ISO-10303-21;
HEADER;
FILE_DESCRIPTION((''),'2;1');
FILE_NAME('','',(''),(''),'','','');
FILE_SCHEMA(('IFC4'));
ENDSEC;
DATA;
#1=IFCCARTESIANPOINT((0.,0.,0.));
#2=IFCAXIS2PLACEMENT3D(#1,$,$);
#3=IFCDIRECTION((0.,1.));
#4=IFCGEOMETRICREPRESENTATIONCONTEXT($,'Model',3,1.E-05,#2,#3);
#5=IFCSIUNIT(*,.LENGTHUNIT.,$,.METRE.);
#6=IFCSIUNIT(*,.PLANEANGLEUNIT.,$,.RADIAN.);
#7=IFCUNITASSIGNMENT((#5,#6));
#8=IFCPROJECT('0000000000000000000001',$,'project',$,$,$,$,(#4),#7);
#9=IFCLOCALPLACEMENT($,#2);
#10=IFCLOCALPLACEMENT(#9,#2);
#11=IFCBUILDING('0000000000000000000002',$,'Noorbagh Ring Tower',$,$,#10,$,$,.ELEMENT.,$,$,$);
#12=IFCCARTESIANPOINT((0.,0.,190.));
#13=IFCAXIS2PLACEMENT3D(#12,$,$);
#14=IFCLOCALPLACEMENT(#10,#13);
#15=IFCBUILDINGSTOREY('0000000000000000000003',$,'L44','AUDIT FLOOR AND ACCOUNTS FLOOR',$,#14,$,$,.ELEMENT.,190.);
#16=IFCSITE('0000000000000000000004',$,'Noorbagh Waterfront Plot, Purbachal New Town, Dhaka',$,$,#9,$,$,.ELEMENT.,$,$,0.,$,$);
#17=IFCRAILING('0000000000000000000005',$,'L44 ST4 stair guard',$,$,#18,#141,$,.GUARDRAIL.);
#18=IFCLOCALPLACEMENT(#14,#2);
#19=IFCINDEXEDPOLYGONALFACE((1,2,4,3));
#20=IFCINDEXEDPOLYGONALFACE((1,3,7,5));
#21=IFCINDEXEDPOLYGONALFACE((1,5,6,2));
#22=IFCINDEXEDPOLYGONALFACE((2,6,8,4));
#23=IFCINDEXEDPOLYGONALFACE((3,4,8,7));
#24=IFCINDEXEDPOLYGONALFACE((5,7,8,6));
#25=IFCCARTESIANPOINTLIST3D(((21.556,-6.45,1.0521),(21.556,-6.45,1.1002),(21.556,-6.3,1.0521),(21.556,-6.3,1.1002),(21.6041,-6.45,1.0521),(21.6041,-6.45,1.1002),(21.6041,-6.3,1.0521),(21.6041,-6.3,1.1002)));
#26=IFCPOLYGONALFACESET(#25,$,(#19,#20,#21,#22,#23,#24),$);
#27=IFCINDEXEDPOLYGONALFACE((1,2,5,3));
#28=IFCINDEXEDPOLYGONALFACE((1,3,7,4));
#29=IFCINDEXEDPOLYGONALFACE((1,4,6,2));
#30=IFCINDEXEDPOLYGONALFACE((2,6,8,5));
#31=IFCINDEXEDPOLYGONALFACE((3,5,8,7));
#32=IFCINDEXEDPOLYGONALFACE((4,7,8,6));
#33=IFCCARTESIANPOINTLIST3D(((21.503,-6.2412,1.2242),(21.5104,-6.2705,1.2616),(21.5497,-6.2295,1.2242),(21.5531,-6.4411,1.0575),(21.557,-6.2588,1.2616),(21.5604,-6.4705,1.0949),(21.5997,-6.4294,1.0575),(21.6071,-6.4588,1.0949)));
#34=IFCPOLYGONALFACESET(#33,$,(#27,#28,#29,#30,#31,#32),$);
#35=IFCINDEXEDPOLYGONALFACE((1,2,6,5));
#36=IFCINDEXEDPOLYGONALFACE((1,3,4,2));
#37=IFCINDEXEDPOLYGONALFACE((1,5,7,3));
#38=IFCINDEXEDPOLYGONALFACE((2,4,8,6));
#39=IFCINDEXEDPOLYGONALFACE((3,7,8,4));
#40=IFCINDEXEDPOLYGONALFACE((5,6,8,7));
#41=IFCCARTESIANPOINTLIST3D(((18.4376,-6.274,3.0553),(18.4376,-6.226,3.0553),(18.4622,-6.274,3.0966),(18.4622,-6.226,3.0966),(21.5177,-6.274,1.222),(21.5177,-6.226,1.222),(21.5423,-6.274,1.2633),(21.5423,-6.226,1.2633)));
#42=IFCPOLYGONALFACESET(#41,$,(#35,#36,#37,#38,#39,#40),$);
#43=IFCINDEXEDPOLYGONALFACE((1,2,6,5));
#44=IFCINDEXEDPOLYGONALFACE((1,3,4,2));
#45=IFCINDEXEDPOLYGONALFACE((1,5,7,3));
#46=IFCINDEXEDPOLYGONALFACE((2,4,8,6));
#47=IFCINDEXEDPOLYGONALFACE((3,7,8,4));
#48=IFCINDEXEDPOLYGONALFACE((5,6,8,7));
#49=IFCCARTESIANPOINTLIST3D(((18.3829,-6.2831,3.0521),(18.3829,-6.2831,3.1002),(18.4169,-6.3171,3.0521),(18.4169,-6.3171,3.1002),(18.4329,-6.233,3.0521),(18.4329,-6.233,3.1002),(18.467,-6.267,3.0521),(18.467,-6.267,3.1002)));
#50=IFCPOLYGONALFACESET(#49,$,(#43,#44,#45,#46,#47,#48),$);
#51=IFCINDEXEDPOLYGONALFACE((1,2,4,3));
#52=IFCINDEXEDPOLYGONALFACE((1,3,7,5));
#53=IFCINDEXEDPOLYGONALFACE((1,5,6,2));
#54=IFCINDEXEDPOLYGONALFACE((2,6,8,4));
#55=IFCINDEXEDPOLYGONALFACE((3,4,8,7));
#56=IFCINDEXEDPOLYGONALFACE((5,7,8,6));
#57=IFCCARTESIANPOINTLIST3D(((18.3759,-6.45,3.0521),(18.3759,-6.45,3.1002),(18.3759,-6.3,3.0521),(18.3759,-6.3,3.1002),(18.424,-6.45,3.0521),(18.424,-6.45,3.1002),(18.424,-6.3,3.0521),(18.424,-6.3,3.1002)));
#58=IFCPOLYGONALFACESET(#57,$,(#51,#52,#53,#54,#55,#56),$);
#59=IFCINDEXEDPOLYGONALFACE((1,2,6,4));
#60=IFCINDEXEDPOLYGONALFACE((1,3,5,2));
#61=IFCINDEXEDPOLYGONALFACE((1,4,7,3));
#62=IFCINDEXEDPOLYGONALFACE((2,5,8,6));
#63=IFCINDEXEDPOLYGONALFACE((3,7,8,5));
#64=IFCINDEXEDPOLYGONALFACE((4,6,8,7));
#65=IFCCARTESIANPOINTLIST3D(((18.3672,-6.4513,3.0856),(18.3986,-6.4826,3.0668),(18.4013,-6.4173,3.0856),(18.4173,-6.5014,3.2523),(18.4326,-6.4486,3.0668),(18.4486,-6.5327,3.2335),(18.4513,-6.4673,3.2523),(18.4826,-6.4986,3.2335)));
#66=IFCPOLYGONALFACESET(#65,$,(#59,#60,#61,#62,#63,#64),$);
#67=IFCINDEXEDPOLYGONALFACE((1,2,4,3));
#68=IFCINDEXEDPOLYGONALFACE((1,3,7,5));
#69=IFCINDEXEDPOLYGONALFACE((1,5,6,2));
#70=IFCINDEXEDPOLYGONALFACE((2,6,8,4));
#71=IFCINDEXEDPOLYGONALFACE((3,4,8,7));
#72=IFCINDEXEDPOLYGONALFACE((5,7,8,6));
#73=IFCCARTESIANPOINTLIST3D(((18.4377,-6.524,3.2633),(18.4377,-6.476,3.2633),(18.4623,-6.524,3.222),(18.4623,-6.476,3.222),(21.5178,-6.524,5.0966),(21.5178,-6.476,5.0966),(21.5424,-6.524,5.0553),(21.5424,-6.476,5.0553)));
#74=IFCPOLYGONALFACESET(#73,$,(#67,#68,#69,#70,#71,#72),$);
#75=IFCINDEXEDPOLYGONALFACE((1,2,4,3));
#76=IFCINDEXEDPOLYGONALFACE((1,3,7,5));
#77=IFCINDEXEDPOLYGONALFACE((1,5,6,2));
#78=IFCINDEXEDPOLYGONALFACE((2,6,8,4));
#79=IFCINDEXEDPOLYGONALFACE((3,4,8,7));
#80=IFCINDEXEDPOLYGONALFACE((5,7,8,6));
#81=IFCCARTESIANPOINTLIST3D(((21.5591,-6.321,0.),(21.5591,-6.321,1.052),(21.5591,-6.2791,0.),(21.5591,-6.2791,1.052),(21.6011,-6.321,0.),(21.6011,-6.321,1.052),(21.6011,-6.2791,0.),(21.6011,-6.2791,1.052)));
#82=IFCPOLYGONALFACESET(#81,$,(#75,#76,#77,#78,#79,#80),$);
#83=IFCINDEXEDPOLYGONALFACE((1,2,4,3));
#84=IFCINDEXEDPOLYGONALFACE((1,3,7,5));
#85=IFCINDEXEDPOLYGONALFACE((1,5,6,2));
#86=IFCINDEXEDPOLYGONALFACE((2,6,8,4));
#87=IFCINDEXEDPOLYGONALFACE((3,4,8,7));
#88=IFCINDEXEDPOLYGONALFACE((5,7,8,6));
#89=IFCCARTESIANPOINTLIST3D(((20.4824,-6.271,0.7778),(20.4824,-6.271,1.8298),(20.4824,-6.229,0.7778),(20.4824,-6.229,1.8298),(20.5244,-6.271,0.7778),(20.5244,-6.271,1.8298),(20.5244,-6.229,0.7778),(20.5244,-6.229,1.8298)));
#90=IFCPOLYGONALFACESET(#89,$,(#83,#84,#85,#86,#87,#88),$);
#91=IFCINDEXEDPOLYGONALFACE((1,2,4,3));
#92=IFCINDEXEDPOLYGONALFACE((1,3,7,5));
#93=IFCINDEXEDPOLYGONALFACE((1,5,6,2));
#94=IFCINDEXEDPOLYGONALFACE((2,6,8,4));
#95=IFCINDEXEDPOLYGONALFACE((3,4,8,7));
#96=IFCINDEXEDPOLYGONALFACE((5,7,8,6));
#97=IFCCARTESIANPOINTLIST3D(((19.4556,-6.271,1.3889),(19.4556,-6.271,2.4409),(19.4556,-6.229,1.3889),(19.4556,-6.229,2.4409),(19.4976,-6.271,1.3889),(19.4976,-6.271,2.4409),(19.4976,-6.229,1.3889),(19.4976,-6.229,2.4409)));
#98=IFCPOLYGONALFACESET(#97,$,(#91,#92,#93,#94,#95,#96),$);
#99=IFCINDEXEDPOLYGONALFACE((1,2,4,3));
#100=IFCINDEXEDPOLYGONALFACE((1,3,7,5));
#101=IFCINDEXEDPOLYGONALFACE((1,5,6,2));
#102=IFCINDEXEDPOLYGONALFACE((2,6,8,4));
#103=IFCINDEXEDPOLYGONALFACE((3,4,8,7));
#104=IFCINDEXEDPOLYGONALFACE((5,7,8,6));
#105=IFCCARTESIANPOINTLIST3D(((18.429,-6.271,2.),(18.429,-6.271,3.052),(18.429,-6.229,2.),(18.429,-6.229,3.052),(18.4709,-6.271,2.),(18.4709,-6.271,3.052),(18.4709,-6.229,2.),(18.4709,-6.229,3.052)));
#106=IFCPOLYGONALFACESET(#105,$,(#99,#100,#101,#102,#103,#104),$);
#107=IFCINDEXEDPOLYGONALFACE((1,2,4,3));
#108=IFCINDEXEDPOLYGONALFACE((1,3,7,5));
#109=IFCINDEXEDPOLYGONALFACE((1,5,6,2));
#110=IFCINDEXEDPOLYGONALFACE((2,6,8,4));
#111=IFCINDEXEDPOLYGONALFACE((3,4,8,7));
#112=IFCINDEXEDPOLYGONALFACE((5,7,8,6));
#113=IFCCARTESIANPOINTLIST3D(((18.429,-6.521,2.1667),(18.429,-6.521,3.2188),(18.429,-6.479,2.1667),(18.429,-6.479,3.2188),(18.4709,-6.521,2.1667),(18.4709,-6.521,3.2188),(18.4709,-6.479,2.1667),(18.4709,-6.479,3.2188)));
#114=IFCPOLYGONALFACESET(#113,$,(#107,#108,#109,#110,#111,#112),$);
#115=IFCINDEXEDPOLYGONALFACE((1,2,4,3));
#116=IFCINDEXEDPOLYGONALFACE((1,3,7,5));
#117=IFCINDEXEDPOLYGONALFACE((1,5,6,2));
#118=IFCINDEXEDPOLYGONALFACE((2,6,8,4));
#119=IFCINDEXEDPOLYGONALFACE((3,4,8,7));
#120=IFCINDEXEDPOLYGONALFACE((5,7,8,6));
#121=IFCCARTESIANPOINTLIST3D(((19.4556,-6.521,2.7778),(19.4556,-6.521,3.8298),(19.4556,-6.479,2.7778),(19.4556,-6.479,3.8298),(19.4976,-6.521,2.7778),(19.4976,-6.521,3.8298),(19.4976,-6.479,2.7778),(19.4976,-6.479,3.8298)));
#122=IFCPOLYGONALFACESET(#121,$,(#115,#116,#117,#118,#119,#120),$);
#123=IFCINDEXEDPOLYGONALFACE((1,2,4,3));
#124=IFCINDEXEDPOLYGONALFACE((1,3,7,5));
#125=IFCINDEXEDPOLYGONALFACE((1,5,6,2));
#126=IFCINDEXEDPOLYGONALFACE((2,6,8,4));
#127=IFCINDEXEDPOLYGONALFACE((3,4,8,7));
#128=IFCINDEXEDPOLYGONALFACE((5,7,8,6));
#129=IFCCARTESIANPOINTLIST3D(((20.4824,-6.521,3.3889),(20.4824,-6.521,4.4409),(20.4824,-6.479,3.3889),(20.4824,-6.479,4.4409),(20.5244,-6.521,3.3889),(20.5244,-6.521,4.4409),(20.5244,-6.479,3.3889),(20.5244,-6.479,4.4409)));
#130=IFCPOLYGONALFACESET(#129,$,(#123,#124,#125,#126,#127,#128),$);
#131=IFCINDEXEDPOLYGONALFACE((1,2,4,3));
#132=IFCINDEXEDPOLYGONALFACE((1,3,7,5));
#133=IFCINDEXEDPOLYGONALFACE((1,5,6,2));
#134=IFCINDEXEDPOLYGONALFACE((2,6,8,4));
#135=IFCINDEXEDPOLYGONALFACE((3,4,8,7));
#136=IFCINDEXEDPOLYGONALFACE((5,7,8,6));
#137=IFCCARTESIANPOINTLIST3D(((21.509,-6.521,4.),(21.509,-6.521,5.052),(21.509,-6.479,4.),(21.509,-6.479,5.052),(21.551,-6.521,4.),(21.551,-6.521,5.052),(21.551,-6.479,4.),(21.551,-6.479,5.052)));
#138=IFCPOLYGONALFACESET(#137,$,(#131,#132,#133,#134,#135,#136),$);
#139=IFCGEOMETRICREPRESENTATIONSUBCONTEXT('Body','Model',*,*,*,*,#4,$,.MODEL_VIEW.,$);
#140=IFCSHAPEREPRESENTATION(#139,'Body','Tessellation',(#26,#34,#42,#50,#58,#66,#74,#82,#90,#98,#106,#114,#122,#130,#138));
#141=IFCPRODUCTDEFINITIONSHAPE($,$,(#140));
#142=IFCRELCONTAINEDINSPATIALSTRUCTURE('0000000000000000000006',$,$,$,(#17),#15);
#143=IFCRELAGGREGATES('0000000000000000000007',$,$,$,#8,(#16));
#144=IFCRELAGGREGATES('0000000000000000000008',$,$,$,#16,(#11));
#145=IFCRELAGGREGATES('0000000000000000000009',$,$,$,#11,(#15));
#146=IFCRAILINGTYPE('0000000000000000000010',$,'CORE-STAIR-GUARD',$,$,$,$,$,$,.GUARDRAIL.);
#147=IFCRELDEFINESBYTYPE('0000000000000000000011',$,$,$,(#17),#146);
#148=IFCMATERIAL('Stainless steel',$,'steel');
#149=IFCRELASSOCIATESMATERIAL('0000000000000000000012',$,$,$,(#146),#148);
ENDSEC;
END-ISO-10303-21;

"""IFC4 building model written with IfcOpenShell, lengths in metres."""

from ifc_helpers import new_model, si_unit, direction, frame, origin, origin_2d, place, context, subcontext, project, spatial, rectangle, extrude, material, type_object, element, save


model = new_model("IFC4")

# Units and contexts
model_context = context("Model", 3, precision=1e-05, world=origin(), true_north=direction((0.0, 1.0)))
body_context = subcontext(model_context, "Body", "Model", "MODEL_VIEW")
ifc_project = project(units=[si_unit("LENGTHUNIT", "METRE"), si_unit("PLANEANGLEUNIT", "RADIAN")], contexts=[model_context])

# Site, building, storey
site_placement = place(None, origin())
site = spatial("IfcSite", under=ifc_project, at=site_placement, Name="Noorbagh Waterfront Plot, Purbachal New Town, Dhaka", CompositionType="ELEMENT", RefElevation=0.0)
building_placement = place(site_placement, origin())
building = spatial("IfcBuilding", under=site, at=building_placement, Name="Noorbagh Ring Tower", CompositionType="ELEMENT")
storey_placement = place(building_placement, frame((0.0, 0.0, 190.0)))
storey = spatial("IfcBuildingStorey", under=building, at=storey_placement, Name="L44", Description="AUDIT FLOOR AND ACCOUNTS FLOOR", CompositionType="ELEMENT", Elevation=190.0)

# Railing
ifc_material_1 = material(Name="Stainless steel", Category="steel")
railing_type_1 = type_object("IfcRailingType", Name="CORE-STAIR-GUARD", PredefinedType="GUARDRAIL", material=ifc_material_1)
railing_1_placement = place(storey_placement, frame((21.5801, -6.3, 0.0)))
element("IfcRailing", 1, at=railing_1_placement, inside=storey, type_object=railing_type_1, Name="L44 ST4 stair guard", PredefinedType="GUARDRAIL", context=body_context, shape_type="SweptSolid", body=[
    extrude(rectangle(XDim=0.0481, YDim=0.0481, at=origin_2d()), frame((0.0, 0.0, 1.0762), z_axis=(0.0, -1.0, 0.0), x_axis=(1.0, 0.0, 0.0)), (0.0, 0.0, 1.0), 0.1499),
    extrude(rectangle(XDim=0.0481, YDim=0.0481, at=origin_2d()), frame((0.0, -0.1499, 1.0762), z_axis=(-0.188776, 0.754182, 0.628946), x_axis=(-0.970073, -0.242814, 0.0)), (0.0, 0.0, 1.0), 0.2651),
    extrude(rectangle(XDim=0.0481, YDim=0.0481, at=origin_2d()), frame((-0.05, 0.05, 1.2427), z_axis=(-0.859309, 0.0, 0.511458), x_axis=(0.0, -1.0, 0.0)), (0.0, 0.0, 1.0), 3.5845),
    extrude(rectangle(XDim=0.0481, YDim=0.0481, at=origin_2d()), frame((-3.1301, 0.05, 3.0762), z_axis=(-0.707107, -0.707107, 0.0), x_axis=(0.707107, -0.707107, 0.0)), (0.0, 0.0, 1.0), 0.0708),
    extrude(rectangle(XDim=0.0481, YDim=0.0481, at=origin_2d()), frame((-3.1802, 0.0, 3.0762), z_axis=(0.0, -1.0, 0.0), x_axis=(1.0, 0.0, 0.0)), (0.0, 0.0, 1.0), 0.1499),
    extrude(rectangle(XDim=0.0481, YDim=0.0481, at=origin_2d()), frame((-3.1802, -0.1499, 3.0762), z_axis=(0.276287, -0.276287, 0.920506), x_axis=(0.707107, 0.707107, 0.0)), (0.0, 0.0, 1.0), 0.1812),
    extrude(rectangle(XDim=0.0481, YDim=0.0481, at=origin_2d()), frame((-3.1301, -0.2, 3.2427), z_axis=(0.859309, 0.0, 0.511458), x_axis=(0.0, 1.0, 0.0)), (0.0, 0.0, 1.0), 3.5845),
    extrude(rectangle(XDim=0.042, YDim=0.042, at=origin_2d()), origin(), (0.0, 0.0, 1.0), 1.052),
    extrude(rectangle(XDim=0.042, YDim=0.042, at=origin_2d()), frame((-1.0767, 0.05, 0.7778)), (0.0, 0.0, 1.0), 1.052),
    extrude(rectangle(XDim=0.042, YDim=0.042, at=origin_2d()), frame((-2.1035, 0.05, 1.3889)), (0.0, 0.0, 1.0), 1.052),
    extrude(rectangle(XDim=0.042, YDim=0.042, at=origin_2d()), frame((-3.1301, 0.05, 2.0)), (0.0, 0.0, 1.0), 1.052),
    extrude(rectangle(XDim=0.042, YDim=0.042, at=origin_2d()), frame((-3.1301, -0.2, 2.1667)), (0.0, 0.0, 1.0), 1.052),
    extrude(rectangle(XDim=0.042, YDim=0.042, at=origin_2d()), frame((-2.1035, -0.2, 2.7778)), (0.0, 0.0, 1.0), 1.052),
    extrude(rectangle(XDim=0.042, YDim=0.042, at=origin_2d()), frame((-1.0767, -0.2, 3.3889)), (0.0, 0.0, 1.0), 1.052),
    extrude(rectangle(XDim=0.042, YDim=0.042, at=origin_2d()), frame((-0.05, -0.2, 4.0)), (0.0, 0.0, 1.0), 1.052),
])

save(model, "model.ifc")
